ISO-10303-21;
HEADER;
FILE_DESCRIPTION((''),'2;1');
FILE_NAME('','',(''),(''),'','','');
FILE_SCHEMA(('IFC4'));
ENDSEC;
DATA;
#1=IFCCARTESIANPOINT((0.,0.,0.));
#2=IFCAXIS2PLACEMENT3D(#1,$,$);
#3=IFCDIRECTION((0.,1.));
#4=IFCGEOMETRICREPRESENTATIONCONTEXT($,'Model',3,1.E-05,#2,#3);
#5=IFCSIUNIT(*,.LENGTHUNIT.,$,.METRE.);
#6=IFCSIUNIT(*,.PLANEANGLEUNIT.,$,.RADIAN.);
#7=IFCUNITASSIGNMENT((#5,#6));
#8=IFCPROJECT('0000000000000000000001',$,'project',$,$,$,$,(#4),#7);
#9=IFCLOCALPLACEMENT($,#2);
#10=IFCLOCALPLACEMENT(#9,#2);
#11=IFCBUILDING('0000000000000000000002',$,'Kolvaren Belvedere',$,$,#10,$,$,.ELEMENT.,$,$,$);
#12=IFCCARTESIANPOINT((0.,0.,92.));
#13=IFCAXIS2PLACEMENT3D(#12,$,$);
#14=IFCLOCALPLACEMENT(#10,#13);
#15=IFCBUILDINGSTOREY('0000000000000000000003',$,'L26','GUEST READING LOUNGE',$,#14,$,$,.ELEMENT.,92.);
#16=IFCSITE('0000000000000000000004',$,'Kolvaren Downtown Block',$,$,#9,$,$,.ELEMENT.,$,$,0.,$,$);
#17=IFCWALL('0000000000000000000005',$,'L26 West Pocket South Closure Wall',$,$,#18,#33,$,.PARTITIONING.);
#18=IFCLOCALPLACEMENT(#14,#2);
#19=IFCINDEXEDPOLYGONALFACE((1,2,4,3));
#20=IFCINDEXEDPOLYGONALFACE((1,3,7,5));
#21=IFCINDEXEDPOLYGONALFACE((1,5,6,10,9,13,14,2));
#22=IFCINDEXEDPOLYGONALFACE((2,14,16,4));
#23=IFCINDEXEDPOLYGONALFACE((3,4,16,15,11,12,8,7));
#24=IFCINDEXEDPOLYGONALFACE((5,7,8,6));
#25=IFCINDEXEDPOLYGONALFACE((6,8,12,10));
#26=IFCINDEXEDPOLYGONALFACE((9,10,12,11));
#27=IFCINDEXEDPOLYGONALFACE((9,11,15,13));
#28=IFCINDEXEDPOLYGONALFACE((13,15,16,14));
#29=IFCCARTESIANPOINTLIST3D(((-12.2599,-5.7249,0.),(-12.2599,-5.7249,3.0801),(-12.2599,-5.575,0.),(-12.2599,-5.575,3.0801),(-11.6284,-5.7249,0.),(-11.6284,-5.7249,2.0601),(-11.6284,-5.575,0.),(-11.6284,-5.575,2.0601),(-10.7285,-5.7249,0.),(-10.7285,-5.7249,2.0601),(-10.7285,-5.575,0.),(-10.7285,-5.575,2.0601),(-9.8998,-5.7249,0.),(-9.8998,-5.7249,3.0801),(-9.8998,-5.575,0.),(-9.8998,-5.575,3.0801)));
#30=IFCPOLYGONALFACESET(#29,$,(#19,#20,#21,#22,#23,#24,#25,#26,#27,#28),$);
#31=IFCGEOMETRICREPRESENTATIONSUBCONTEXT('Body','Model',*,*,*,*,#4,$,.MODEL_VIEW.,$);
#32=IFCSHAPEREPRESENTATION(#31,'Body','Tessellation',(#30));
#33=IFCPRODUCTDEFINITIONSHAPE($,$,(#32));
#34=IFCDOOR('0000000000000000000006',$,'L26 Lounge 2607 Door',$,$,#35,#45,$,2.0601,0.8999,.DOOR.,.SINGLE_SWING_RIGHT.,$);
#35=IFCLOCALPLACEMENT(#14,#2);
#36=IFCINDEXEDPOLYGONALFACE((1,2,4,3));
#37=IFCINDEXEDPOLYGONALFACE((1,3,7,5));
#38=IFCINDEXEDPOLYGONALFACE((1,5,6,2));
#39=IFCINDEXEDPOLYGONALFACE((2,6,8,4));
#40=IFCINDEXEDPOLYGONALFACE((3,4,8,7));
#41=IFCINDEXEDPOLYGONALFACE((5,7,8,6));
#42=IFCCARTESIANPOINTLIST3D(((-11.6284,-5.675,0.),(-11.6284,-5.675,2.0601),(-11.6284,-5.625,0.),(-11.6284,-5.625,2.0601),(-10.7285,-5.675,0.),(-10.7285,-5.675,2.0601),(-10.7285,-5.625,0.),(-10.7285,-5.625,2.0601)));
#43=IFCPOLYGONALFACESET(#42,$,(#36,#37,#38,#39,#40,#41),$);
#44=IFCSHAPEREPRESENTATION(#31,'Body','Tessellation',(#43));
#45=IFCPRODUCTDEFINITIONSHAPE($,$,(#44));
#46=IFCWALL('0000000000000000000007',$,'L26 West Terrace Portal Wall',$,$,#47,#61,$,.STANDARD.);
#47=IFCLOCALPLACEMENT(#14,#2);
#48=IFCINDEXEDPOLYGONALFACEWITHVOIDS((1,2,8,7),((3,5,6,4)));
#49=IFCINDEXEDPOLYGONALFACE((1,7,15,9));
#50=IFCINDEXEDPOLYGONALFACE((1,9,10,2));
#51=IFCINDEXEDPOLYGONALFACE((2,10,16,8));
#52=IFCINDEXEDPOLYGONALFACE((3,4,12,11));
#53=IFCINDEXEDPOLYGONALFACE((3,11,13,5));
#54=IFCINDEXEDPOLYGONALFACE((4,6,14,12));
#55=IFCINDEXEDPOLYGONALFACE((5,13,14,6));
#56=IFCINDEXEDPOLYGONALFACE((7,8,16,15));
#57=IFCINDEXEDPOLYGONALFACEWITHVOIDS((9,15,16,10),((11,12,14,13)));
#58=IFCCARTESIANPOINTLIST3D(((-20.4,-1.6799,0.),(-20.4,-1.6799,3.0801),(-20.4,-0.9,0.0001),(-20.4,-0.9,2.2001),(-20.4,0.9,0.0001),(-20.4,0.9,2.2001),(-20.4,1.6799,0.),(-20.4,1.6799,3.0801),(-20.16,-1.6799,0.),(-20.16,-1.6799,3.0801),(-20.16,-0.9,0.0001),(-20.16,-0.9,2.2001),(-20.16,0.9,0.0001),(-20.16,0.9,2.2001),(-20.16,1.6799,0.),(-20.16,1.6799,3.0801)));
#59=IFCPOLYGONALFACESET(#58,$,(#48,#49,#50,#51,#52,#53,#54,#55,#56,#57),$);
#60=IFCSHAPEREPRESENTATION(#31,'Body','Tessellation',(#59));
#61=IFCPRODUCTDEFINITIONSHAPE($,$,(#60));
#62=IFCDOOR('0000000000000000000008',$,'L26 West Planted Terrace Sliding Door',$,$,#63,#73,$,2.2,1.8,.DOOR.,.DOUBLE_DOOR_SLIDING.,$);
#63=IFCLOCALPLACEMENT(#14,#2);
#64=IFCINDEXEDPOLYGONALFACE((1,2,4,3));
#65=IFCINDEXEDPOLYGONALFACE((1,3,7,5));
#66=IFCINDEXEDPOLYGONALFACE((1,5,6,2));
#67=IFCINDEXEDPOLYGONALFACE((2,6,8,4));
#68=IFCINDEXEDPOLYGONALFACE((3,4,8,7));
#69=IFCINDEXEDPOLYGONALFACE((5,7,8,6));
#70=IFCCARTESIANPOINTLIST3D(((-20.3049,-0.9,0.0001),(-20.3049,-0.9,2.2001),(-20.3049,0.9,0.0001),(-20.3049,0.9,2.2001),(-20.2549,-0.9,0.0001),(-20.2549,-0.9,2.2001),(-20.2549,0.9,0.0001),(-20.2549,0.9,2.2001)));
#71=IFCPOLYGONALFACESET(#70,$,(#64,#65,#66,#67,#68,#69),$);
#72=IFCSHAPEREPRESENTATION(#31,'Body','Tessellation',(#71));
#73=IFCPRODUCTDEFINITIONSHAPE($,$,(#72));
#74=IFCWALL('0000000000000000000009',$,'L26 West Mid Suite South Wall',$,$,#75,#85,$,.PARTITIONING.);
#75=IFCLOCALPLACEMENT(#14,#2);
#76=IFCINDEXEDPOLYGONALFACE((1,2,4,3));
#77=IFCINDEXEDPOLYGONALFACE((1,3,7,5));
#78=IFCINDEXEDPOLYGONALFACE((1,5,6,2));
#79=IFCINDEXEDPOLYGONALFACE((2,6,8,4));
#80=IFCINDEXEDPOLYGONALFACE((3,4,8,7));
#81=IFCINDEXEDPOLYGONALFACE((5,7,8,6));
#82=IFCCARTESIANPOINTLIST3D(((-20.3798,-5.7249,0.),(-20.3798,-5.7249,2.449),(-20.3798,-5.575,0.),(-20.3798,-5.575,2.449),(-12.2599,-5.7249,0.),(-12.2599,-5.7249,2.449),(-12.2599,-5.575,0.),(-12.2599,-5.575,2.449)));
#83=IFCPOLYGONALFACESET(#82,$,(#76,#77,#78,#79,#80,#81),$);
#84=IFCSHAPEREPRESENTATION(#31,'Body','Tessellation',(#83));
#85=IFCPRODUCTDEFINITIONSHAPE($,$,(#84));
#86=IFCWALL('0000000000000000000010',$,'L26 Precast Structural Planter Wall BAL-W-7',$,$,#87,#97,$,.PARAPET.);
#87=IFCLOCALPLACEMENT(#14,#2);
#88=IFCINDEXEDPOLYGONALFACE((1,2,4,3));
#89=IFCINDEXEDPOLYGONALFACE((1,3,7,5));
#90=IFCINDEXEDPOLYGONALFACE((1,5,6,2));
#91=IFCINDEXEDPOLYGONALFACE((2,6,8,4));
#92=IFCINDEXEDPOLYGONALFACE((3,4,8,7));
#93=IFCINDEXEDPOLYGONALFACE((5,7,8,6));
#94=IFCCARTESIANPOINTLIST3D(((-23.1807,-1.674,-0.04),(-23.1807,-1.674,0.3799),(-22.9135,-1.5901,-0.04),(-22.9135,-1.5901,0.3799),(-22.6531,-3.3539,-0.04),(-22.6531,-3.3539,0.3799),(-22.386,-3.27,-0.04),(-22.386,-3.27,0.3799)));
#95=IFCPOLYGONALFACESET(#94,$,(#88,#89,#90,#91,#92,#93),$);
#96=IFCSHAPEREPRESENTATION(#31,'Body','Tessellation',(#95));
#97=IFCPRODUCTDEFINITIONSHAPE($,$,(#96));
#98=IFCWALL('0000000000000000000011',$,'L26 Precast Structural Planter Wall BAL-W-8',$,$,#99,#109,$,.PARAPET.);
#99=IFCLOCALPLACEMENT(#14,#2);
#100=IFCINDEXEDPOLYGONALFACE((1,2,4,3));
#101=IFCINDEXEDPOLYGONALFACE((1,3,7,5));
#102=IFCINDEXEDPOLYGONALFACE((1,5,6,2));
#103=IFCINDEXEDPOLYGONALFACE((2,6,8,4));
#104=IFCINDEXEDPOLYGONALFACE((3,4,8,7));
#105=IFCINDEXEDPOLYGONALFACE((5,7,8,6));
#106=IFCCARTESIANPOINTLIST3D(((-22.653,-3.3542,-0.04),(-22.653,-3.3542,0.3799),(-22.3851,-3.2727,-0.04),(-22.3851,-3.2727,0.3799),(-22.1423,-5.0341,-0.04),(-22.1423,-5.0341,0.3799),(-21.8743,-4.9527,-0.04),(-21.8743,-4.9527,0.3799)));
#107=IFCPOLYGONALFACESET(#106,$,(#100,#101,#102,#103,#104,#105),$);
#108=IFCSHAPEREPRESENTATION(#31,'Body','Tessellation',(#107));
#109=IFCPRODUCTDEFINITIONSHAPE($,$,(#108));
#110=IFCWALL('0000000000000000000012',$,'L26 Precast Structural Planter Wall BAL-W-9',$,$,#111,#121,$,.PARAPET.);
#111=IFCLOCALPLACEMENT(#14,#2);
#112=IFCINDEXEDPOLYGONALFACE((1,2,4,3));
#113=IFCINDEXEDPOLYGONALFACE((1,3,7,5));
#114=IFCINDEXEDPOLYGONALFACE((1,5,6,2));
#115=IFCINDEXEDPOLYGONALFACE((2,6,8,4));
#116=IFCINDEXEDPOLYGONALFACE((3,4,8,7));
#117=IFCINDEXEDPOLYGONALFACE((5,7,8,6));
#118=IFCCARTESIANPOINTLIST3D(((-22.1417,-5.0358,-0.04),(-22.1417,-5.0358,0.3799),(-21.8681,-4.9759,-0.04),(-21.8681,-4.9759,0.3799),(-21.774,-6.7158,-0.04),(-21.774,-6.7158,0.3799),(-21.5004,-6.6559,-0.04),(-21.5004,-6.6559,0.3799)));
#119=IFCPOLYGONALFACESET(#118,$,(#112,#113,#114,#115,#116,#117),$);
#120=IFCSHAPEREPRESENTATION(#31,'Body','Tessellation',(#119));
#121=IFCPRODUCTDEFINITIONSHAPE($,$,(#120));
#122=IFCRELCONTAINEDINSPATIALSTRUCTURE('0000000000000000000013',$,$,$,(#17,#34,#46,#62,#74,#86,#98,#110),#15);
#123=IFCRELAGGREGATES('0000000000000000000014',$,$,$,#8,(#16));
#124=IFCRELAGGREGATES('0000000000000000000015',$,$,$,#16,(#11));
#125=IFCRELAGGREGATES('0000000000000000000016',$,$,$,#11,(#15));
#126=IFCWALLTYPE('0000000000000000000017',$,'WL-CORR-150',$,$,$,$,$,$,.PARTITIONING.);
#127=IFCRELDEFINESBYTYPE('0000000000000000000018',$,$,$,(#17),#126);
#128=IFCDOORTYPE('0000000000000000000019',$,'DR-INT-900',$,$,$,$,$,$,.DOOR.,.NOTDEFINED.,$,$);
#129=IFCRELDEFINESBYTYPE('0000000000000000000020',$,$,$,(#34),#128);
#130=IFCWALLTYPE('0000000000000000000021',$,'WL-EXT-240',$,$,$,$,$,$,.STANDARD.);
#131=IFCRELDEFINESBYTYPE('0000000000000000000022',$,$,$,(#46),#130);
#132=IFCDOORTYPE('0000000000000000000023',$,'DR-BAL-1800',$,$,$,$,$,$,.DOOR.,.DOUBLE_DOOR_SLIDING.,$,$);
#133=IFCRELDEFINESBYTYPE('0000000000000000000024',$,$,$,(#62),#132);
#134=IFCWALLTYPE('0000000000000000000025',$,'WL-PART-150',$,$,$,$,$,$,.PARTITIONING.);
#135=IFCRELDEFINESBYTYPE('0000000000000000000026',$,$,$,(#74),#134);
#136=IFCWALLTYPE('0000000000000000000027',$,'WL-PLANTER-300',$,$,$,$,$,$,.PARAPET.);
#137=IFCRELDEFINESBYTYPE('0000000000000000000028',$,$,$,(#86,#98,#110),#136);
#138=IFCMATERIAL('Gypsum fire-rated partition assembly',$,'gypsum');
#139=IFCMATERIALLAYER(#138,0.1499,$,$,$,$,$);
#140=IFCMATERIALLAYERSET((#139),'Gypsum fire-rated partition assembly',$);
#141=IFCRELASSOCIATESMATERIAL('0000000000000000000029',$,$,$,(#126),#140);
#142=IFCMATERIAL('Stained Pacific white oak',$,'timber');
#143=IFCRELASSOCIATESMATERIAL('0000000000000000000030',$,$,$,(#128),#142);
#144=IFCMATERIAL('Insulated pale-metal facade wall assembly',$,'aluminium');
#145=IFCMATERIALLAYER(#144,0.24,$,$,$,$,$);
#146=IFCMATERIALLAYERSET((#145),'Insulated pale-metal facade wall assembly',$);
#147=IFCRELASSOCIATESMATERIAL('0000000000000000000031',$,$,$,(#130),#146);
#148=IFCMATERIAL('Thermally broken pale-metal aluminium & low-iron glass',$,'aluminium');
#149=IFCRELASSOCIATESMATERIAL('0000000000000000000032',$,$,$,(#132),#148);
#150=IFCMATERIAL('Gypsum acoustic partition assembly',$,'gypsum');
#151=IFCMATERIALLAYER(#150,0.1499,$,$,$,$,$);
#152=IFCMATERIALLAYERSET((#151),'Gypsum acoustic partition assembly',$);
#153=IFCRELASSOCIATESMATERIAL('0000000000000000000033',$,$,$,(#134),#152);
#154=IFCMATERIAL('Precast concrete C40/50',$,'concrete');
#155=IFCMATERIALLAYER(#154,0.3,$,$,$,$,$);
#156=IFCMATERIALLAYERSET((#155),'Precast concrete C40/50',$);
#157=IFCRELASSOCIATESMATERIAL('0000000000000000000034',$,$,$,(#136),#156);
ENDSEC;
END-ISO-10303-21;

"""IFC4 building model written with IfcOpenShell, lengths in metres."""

from ifc_helpers import new_model, si_unit, direction, frame, frame_2d, origin, place, context, subcontext, project, spatial, rectangle, extrude, material, layer, layer_set, type_object, element, fill, save


model = new_model("IFC4")

# Units and contexts
model_context = context("Model", 3, precision=1e-05, world=origin(), true_north=direction((0.0, 1.0)))
body_context = subcontext(model_context, "Body", "Model", "MODEL_VIEW")
ifc_project = project(units=[si_unit("LENGTHUNIT", "METRE"), si_unit("PLANEANGLEUNIT", "RADIAN")], contexts=[model_context])

# Site, building, storey
site_placement = place(None, origin())
site = spatial("IfcSite", under=ifc_project, at=site_placement, Name="Kolvaren Downtown Block", CompositionType="ELEMENT", RefElevation=0.0)
building_placement = place(site_placement, origin())
building = spatial("IfcBuilding", under=site, at=building_placement, Name="Kolvaren Belvedere", CompositionType="ELEMENT")
storey_placement = place(building_placement, frame((0.0, 0.0, 92.0)))
storey = spatial("IfcBuildingStorey", under=building, at=storey_placement, Name="L26", Description="GUEST READING LOUNGE", CompositionType="ELEMENT", Elevation=92.0)

# Walls, openings, doors
ifc_material_1 = material(Name="Gypsum fire-rated partition assembly", Category="gypsum")
ifc_layer_1 = layer(ifc_material_1, 0.1499)
ifc_layer_set_1 = layer_set([ifc_layer_1], Name="Gypsum fire-rated partition assembly")
wall_type_1 = type_object("IfcWallType", Name="WL-CORR-150", PredefinedType="PARTITIONING", material=ifc_layer_set_1)
ifc_material_2 = material(Name="Stained Pacific white oak", Category="timber")
door_type_1 = type_object("IfcDoorType", Name="DR-INT-900", OperationType="NOTDEFINED", PredefinedType="DOOR", material=ifc_material_2)
wall_1_placement = place(storey_placement, frame((-12.26, -5.6499, 0.0), z_axis=(0.0, 0.0, 1.0), x_axis=(1.0, 0.0, 0.0)))
wall_1 = element("IfcWall", 1, at=wall_1_placement, inside=storey, type_object=wall_type_1, Name="L26 West Pocket South Closure Wall", PredefinedType="PARTITIONING", context=body_context, shape_type="SweptSolid", body=[
    extrude(rectangle(XDim=2.3601, YDim=0.1499, at=frame_2d((1.1802, 0.0))), origin(), (0.0, 0.0, 1.0), 3.0801),
])
opening_1_placement = place(wall_1_placement, frame((0.6316, 0.0, 0.0)))
opening_1 = element("IfcOpeningElement", 2, at=opening_1_placement, cuts=wall_1, PredefinedType="OPENING", context=body_context, shape_type="SweptSolid", body=[
    extrude(rectangle(XDim=0.8999, YDim=2.0601, at=frame_2d((0.45, 1.03))), frame((0.0, 0.085, 0.0), z_axis=(0.0, -1.0, 0.0), x_axis=(1.0, 0.0, 0.0)), (0.0, 0.0, 1.0), 0.1699),
])
door_1_placement = place(opening_1_placement, origin())
door_1 = element("IfcDoor", 3, at=door_1_placement, inside=storey, type_object=door_type_1, Name="L26 Lounge 2607 Door", OperationType="SINGLE_SWING_RIGHT", OverallHeight=2.0601, OverallWidth=0.8999, PredefinedType="DOOR", context=body_context, shape_type="SweptSolid", body=[
    extrude(rectangle(XDim=0.8999, YDim=2.0601, at=frame_2d((0.45, 1.03))), frame((0.0, 0.0249, 0.0), z_axis=(0.0, -1.0, 0.0), x_axis=(1.0, 0.0, 0.0)), (0.0, 0.0, 1.0), 0.05),
])
fill(opening_1, door_1)
ifc_material_3 = material(Name="Insulated pale-metal facade wall assembly", Category="aluminium")
ifc_layer_2 = layer(ifc_material_3, 0.24)
ifc_layer_set_2 = layer_set([ifc_layer_2], Name="Insulated pale-metal facade wall assembly")
wall_type_2 = type_object("IfcWallType", Name="WL-EXT-240", PredefinedType="STANDARD", material=ifc_layer_set_2)
wall_2_placement = place(storey_placement, frame((-20.28, -1.6799, 0.0), z_axis=(0.0, 0.0, 1.0), x_axis=(0.0, 1.0, 0.0)))
wall_2 = element("IfcWall", 4, at=wall_2_placement, inside=storey, type_object=wall_type_2, Name="L26 West Terrace Portal Wall", PredefinedType="STANDARD", context=body_context, shape_type="SweptSolid", body=[
    extrude(rectangle(XDim=3.3599, YDim=0.24, at=frame_2d((1.6799, 0.0))), origin(), (0.0, 0.0, 1.0), 3.0801),
])
opening_2_placement = place(wall_2_placement, frame((0.78, 0.0, 0.0)))
opening_2 = element("IfcOpeningElement", 5, at=opening_2_placement, cuts=wall_2, PredefinedType="OPENING", context=body_context, shape_type="SweptSolid", body=[
    extrude(rectangle(XDim=1.8, YDim=2.2, at=frame_2d((0.8999, 1.1001))), frame((0.0, 0.1299, 0.0), z_axis=(0.0, -1.0, 0.0), x_axis=(1.0, 0.0, 0.0)), (0.0, 0.0, 1.0), 0.26),
])
ifc_material_4 = material(Name="Thermally broken pale-metal aluminium & low-iron glass", Category="aluminium")
door_type_2 = type_object("IfcDoorType", Name="DR-BAL-1800", OperationType="DOUBLE_DOOR_SLIDING", PredefinedType="DOOR", material=ifc_material_4)
door_2_placement = place(opening_2_placement, origin())
door_2 = element("IfcDoor", 6, at=door_2_placement, inside=storey, type_object=door_type_2, Name="L26 West Planted Terrace Sliding Door", OperationType="DOUBLE_DOOR_SLIDING", OverallHeight=2.2, OverallWidth=1.8, PredefinedType="DOOR", context=body_context, shape_type="SweptSolid", body=[
    extrude(rectangle(XDim=1.8, YDim=2.2, at=frame_2d((0.8999, 1.1001))), frame((0.0, 0.0249, 0.0), z_axis=(0.0, -1.0, 0.0), x_axis=(1.0, 0.0, 0.0)), (0.0, 0.0, 1.0), 0.05),
])
fill(opening_2, door_2)

# Walls
ifc_material_5 = material(Name="Gypsum acoustic partition assembly", Category="gypsum")
ifc_layer_3 = layer(ifc_material_5, 0.1499)
ifc_layer_set_3 = layer_set([ifc_layer_3], Name="Gypsum acoustic partition assembly")
wall_type_3 = type_object("IfcWallType", Name="WL-PART-150", PredefinedType="PARTITIONING", material=ifc_layer_set_3)
wall_3_placement = place(storey_placement, frame((-20.3799, -5.6499, 0.0), z_axis=(0.0, 0.0, 1.0), x_axis=(1.0, 0.0, 0.0)))
element("IfcWall", 7, at=wall_3_placement, inside=storey, type_object=wall_type_3, Name="L26 West Mid Suite South Wall", PredefinedType="PARTITIONING", context=body_context, shape_type="SweptSolid", body=[
    extrude(rectangle(XDim=8.1199, YDim=0.1499, at=frame_2d((4.0601, 0.0))), origin(), (0.0, 0.0, 1.0), 2.449),
])
ifc_material_6 = material(Name="Precast concrete C40/50", Category="concrete")
ifc_layer_4 = layer(ifc_material_6, 0.3)
ifc_layer_set_4 = layer_set([ifc_layer_4], Name="Precast concrete C40/50")
wall_type_4 = type_object("IfcWallType", Name="WL-PLANTER-300", PredefinedType="PARAPET", material=ifc_layer_set_4)
wall_4_placement = place(storey_placement, frame((-23.0471, -1.6321, -0.04), z_axis=(0.0, 0.0, 1.0), x_axis=(0.299625, -0.954057, 0.0)))
element("IfcWall", 8, at=wall_4_placement, inside=storey, type_object=wall_type_4, Name="L26 Precast Structural Planter Wall BAL-W-7", PredefinedType="PARAPET", context=body_context, shape_type="SweptSolid", body=[
    extrude(rectangle(XDim=1.7607, YDim=0.28, at=frame_2d((0.8804, 0.0))), origin(), (0.0, 0.0, 1.0), 0.4199),
])
wall_5_placement = place(storey_placement, frame((-22.519, -3.3135, -0.04), z_axis=(0.0, 0.0, 1.0), x_axis=(0.290879, -0.95676, 0.0)))
element("IfcWall", 9, at=wall_5_placement, inside=storey, type_object=wall_type_4, Name="L26 Precast Structural Planter Wall BAL-W-8", PredefinedType="PARAPET", context=body_context, shape_type="SweptSolid", body=[
    extrude(rectangle(XDim=1.7559, YDim=0.28, at=frame_2d((0.8779, 0.0))), origin(), (0.0, 0.0, 1.0), 0.4199),
])
wall_6_placement = place(storey_placement, frame((-22.0049, -5.0059, -0.04), z_axis=(0.0, 0.0, 1.0), x_axis=(0.213803, -0.976877, 0.0)))
element("IfcWall", 10, at=wall_6_placement, inside=storey, type_object=wall_type_4, Name="L26 Precast Structural Planter Wall BAL-W-9", PredefinedType="PARAPET", context=body_context, shape_type="SweptSolid", body=[
    extrude(rectangle(XDim=1.7197, YDim=0.28, at=frame_2d((0.8599, 0.0))), origin(), (0.0, 0.0, 1.0), 0.4199),
])

save(model, "model.ifc")
